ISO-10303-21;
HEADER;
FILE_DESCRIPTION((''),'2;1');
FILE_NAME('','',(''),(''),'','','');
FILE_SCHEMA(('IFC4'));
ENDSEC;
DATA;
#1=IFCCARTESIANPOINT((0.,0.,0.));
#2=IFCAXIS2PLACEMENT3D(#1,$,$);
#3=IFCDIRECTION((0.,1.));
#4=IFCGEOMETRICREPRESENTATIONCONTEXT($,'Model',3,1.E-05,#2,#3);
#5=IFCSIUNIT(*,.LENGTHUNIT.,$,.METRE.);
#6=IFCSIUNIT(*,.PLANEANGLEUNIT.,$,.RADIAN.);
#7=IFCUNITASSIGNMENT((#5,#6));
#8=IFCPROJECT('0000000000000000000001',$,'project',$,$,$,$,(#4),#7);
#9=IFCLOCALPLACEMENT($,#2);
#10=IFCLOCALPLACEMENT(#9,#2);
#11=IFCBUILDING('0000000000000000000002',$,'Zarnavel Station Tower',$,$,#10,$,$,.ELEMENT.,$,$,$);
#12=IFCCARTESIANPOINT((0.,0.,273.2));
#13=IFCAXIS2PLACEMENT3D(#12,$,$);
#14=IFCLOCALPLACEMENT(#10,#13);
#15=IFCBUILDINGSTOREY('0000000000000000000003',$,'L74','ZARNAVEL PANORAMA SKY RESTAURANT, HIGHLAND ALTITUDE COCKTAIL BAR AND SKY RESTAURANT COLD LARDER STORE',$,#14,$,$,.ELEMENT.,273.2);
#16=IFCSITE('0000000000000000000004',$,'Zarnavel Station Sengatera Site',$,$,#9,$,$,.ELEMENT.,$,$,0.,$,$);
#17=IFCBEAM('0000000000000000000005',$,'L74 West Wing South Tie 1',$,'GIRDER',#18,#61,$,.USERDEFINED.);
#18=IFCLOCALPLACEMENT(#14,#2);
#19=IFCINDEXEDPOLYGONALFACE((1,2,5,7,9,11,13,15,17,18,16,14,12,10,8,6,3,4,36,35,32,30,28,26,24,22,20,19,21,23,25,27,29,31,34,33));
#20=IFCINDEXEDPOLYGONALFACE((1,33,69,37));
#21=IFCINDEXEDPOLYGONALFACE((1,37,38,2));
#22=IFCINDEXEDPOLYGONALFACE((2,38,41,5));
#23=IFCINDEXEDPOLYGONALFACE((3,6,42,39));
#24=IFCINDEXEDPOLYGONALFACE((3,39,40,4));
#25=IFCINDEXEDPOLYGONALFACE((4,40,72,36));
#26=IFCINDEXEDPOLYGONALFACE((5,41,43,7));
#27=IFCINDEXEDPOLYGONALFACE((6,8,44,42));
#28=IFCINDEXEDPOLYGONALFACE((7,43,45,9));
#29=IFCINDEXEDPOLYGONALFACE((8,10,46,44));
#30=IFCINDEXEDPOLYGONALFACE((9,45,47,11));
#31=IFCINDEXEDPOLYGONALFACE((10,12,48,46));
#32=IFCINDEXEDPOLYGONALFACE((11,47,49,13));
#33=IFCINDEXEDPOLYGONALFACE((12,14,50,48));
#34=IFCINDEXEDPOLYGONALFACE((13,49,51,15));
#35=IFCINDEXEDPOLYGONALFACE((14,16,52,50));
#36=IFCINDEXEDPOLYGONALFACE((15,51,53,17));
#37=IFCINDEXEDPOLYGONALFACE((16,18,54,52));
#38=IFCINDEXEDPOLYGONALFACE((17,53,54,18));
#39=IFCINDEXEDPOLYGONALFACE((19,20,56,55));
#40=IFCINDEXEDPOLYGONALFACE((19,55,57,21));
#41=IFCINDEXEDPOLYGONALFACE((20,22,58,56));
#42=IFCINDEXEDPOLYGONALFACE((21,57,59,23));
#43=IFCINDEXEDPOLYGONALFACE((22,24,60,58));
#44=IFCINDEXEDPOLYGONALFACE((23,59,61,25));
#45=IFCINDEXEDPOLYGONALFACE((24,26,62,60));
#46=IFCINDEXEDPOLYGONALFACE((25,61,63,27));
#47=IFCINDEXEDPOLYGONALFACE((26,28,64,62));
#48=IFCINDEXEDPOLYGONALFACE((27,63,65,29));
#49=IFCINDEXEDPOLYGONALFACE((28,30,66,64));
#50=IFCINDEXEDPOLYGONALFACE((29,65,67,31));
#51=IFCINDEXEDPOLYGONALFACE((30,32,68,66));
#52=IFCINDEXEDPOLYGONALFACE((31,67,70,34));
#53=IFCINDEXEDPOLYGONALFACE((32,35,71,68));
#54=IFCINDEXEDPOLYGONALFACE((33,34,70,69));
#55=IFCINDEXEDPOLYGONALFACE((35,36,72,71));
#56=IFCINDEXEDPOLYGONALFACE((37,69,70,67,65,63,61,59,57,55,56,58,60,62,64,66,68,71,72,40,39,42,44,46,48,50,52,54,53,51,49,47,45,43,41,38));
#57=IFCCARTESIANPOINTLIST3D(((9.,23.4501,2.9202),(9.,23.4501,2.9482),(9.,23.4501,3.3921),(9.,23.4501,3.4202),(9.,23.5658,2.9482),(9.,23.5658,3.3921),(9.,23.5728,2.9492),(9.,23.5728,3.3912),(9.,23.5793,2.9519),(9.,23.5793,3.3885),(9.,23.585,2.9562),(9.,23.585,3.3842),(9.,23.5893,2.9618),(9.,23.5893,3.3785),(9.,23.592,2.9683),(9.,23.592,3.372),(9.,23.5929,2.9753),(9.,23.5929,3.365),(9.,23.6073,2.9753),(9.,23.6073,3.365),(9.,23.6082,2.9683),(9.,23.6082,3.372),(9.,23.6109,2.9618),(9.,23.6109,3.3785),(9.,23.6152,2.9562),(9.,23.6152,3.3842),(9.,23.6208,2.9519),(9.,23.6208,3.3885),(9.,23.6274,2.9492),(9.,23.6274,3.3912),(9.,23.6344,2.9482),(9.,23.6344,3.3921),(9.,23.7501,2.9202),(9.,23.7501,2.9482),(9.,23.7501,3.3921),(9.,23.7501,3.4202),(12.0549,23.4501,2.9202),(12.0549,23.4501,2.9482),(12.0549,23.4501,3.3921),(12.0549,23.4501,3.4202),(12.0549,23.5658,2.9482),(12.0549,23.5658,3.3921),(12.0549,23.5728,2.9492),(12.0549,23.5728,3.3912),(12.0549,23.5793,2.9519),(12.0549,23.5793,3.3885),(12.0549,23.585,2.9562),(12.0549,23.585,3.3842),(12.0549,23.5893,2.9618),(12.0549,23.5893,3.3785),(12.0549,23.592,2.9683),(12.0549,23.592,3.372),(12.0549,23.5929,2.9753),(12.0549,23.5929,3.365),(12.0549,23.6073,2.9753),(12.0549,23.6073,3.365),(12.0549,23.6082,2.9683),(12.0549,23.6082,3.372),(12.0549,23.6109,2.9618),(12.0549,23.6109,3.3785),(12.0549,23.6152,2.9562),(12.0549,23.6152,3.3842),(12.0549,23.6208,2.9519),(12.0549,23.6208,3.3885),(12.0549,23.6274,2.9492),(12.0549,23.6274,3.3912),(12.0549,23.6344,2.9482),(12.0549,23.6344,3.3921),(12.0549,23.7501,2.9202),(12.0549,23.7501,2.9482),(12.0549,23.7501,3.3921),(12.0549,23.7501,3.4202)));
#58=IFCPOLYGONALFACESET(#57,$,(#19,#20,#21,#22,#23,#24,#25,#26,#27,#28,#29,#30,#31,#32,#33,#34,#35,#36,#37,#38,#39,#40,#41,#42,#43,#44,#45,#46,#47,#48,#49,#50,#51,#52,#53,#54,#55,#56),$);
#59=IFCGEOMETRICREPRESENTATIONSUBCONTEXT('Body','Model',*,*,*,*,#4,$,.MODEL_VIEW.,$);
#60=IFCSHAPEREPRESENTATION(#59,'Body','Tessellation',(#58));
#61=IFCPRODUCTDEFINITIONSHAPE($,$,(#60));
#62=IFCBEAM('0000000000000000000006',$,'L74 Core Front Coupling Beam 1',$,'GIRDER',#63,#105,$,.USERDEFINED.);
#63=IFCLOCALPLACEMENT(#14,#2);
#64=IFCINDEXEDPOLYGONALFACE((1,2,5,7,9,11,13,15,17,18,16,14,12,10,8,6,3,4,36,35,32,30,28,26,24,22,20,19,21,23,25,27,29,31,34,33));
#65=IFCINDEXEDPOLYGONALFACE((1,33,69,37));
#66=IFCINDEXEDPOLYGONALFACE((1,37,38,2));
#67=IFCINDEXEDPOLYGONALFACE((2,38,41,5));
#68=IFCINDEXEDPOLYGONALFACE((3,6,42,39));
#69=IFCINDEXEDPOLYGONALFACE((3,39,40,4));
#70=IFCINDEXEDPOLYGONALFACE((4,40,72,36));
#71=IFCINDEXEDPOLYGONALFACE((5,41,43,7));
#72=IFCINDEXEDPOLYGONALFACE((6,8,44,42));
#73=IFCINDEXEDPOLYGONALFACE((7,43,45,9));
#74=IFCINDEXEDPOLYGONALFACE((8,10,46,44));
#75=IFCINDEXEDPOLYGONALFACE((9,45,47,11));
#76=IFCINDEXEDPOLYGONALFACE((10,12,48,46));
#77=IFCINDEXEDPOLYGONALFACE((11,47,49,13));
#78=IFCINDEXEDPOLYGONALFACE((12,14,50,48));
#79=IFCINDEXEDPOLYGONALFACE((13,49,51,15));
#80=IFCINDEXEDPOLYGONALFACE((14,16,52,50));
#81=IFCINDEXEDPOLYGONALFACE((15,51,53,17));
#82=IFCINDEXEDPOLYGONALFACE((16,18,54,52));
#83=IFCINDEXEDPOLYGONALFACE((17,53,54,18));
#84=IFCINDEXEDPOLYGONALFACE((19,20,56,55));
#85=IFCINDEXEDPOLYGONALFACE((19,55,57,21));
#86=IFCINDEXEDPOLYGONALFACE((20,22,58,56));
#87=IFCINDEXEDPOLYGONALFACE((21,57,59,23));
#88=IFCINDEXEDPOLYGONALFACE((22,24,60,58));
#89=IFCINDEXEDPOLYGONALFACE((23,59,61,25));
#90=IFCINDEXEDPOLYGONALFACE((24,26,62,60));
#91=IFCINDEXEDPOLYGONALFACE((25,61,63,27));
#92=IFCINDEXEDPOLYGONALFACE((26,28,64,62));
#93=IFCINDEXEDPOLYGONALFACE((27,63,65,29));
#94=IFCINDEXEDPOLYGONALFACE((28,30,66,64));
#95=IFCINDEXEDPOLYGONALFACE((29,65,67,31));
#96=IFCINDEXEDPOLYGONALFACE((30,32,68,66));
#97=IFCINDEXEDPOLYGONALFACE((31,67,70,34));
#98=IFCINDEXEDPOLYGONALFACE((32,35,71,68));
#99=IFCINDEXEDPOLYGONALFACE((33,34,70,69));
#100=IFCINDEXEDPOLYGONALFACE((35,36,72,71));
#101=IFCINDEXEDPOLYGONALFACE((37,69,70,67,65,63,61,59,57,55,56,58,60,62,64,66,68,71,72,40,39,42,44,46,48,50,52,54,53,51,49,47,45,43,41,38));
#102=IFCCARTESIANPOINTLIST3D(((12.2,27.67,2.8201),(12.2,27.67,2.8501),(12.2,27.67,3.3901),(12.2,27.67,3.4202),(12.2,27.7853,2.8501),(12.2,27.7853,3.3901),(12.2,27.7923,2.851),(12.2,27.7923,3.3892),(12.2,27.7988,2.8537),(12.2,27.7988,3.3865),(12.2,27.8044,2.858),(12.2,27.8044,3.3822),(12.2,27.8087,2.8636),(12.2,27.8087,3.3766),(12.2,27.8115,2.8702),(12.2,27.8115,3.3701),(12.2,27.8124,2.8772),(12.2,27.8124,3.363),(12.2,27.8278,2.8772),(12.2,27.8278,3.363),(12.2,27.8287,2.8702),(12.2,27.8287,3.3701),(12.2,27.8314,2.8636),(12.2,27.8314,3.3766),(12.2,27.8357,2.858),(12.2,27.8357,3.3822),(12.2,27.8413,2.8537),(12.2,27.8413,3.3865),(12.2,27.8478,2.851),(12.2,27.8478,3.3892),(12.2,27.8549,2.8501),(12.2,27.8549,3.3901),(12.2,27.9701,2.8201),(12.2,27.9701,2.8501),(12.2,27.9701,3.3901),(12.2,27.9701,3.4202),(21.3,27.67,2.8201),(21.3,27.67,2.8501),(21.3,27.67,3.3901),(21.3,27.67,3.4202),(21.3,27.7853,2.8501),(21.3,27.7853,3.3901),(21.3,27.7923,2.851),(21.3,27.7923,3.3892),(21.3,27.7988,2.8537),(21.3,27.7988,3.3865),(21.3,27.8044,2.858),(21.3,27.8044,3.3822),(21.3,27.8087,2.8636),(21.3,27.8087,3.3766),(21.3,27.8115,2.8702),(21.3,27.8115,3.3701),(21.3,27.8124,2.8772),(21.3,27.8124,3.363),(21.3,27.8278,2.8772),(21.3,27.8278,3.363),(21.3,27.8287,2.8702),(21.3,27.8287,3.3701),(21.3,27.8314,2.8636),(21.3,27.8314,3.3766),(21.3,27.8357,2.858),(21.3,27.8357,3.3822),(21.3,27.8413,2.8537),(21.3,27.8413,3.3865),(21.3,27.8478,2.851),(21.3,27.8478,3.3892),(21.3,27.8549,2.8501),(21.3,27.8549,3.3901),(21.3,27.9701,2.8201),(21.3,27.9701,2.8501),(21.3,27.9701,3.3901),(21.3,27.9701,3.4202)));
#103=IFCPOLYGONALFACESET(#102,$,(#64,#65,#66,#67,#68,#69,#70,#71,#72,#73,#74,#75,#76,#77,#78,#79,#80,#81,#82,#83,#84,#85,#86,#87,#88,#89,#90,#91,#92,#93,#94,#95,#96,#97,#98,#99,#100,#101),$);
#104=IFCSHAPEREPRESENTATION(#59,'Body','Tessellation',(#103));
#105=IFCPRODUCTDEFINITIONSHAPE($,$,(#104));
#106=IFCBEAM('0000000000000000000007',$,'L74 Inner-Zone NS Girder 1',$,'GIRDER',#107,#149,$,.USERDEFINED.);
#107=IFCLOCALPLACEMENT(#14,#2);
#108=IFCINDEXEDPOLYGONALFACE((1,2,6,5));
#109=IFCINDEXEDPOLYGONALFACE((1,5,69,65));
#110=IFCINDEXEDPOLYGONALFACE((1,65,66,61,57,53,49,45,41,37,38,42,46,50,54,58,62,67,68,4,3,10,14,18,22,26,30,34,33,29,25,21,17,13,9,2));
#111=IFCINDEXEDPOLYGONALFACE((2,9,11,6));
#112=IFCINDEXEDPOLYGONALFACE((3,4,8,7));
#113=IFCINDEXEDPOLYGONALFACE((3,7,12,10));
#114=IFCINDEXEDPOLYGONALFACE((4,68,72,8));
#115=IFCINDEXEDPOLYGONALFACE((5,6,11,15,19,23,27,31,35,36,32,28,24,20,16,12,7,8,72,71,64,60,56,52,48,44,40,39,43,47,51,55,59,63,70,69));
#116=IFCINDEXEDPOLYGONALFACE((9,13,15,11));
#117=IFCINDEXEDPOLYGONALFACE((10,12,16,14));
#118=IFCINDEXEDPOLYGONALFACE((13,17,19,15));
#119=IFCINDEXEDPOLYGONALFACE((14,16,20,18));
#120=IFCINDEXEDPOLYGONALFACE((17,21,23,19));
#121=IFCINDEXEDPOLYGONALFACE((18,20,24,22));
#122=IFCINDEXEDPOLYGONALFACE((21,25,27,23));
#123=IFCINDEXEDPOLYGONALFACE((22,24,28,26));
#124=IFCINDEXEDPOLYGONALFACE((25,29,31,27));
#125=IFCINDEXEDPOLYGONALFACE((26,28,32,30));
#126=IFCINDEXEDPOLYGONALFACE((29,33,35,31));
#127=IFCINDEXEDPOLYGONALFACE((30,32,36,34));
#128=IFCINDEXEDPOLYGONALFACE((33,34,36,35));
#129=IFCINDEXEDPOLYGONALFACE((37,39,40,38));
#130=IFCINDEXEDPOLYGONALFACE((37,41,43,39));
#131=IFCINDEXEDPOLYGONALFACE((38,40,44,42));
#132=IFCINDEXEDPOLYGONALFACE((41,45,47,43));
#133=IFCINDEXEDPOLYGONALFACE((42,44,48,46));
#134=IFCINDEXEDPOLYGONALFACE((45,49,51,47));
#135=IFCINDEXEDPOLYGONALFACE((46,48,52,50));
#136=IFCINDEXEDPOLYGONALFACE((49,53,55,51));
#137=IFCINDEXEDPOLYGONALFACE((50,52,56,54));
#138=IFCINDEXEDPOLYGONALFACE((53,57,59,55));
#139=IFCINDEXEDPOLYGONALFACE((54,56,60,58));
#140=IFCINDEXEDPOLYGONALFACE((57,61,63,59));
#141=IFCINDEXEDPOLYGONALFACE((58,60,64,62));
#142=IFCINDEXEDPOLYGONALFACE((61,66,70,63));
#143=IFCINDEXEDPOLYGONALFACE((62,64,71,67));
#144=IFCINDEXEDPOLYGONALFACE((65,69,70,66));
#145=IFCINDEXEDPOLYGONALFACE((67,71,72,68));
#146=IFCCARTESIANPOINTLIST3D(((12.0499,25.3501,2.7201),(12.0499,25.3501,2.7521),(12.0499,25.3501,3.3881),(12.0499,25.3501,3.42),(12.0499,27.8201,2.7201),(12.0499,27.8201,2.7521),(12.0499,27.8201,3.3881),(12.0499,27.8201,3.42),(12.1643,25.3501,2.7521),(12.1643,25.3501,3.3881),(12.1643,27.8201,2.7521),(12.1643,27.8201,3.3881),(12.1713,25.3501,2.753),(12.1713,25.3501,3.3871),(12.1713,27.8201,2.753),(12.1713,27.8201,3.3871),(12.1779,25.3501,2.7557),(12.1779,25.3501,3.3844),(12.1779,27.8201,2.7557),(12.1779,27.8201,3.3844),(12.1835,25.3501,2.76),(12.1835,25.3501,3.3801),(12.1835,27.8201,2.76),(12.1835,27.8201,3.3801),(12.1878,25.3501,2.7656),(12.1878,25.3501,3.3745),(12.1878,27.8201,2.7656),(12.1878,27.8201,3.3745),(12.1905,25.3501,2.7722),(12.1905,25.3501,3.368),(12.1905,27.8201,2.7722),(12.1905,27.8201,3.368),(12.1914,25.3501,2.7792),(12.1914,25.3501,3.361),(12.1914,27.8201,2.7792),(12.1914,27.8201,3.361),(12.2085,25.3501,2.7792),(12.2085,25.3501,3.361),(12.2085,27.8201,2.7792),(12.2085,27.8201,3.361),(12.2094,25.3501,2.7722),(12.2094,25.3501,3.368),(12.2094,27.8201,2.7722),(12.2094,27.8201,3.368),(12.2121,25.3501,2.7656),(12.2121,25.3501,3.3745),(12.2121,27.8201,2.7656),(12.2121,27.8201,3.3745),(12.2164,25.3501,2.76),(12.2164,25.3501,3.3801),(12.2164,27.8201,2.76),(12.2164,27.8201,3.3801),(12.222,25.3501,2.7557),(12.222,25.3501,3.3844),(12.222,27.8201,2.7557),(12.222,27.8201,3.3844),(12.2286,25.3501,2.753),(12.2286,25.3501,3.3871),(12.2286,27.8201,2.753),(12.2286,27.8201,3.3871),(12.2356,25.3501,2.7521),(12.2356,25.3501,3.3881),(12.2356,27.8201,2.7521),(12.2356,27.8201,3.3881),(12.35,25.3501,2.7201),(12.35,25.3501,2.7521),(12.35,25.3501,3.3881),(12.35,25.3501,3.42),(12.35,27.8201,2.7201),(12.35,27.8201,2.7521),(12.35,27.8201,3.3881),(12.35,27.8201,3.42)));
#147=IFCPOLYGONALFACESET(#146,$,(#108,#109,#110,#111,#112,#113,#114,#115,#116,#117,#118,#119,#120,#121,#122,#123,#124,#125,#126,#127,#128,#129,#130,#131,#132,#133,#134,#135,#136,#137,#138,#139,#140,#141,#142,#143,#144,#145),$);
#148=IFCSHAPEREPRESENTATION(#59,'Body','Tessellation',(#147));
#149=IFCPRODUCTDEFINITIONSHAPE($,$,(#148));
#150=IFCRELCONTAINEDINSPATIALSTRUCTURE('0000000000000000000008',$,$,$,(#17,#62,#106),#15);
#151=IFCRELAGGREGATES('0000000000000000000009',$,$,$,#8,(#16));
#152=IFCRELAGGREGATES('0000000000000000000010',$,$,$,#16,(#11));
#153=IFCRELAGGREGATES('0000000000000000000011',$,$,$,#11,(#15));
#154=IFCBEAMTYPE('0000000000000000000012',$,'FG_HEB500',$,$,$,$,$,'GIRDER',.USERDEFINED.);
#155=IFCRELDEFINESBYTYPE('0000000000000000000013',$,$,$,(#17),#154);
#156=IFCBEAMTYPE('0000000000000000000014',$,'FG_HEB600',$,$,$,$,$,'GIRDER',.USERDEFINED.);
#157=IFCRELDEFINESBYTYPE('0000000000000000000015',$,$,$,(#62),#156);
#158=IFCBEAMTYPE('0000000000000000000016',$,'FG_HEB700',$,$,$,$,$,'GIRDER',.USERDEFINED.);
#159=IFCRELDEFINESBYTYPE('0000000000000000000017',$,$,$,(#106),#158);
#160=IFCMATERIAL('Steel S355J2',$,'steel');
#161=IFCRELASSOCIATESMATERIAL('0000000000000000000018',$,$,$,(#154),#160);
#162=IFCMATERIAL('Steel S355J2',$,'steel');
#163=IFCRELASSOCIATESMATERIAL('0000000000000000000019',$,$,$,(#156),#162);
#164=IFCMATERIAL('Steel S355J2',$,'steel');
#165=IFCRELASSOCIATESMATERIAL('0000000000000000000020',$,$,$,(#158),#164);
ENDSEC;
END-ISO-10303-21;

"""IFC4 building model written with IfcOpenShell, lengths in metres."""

from ifc_helpers import new_model, si_unit, direction, frame, origin, origin_2d, place, context, subcontext, project, spatial, i_section, extrude, material, material_profile, profile_set, type_object, element, save


model = new_model("IFC4")

# Units and contexts
model_context = context("Model", 3, precision=1e-05, world=origin(), true_north=direction((0.0, 1.0)))
body_context = subcontext(model_context, "Body", "Model", "MODEL_VIEW")
ifc_project = project(units=[si_unit("LENGTHUNIT", "METRE"), si_unit("PLANEANGLEUNIT", "RADIAN")], contexts=[model_context])

# Site, building, storey
site_placement = place(None, origin())
site = spatial("IfcSite", under=ifc_project, at=site_placement, Name="Zarnavel Station Sengatera Site", CompositionType="ELEMENT", RefElevation=0.0)
building_placement = place(site_placement, origin())
building = spatial("IfcBuilding", under=site, at=building_placement, Name="Zarnavel Station Tower", CompositionType="ELEMENT")
storey_placement = place(building_placement, frame((0.0, 0.0, 273.2)))
storey = spatial("IfcBuildingStorey", under=building, at=storey_placement, Name="L74", Description="ZARNAVEL PANORAMA SKY RESTAURANT, HIGHLAND ALTITUDE COCKTAIL BAR AND SKY RESTAURANT COLD LARDER STORE", CompositionType="ELEMENT", Elevation=273.2)

# Beams
ifc_material_1 = material(Name="Steel S355J2", Category="steel")
ifc_material_profile_1 = material_profile(ifc_material_1, i_section(OverallWidth=0.3, OverallDepth=0.5, WebThickness=0.0144, FlangeThickness=0.0281, FilletRadius=0.0271, at=origin_2d()), Name="HEB500")
ifc_profile_set_1 = profile_set([ifc_material_profile_1], Name="Steel S355J2")
beam_type_1 = type_object("IfcBeamType", Name="FG_HEB500", ElementType="GIRDER", PredefinedType="USERDEFINED", material=ifc_profile_set_1)
beam_1_placement = place(storey_placement, frame((9.0, 23.6001, 3.1702), z_axis=(1.0, 0.0, 0.0), x_axis=(0.0, 1.0, 0.0)))
element("IfcBeam", 1, at=beam_1_placement, inside=storey, type_object=beam_type_1, Name="L74 West Wing South Tie 1", ObjectType="GIRDER", PredefinedType="USERDEFINED", context=body_context, shape_type="SweptSolid", body=[
    extrude(i_section(OverallWidth=0.3, OverallDepth=0.5, WebThickness=0.0144, FlangeThickness=0.0281, FilletRadius=0.0271, at=origin_2d()), origin(), (0.0, 0.0, 1.0), 3.0549),
])
ifc_material_2 = material(Name="Steel S355J2", Category="steel")
ifc_material_profile_2 = material_profile(ifc_material_2, i_section(OverallWidth=0.3, OverallDepth=0.6001, WebThickness=0.0154, FlangeThickness=0.03, FilletRadius=0.0271, at=origin_2d()), Name="HEB600")
ifc_profile_set_2 = profile_set([ifc_material_profile_2], Name="Steel S355J2")
beam_type_2 = type_object("IfcBeamType", Name="FG_HEB600", ElementType="GIRDER", PredefinedType="USERDEFINED", material=ifc_profile_set_2)
beam_2_placement = place(storey_placement, frame((12.2, 27.8201, 3.1201), z_axis=(1.0, 0.0, 0.0), x_axis=(0.0, 1.0, 0.0)))
element("IfcBeam", 2, at=beam_2_placement, inside=storey, type_object=beam_type_2, Name="L74 Core Front Coupling Beam 1", ObjectType="GIRDER", PredefinedType="USERDEFINED", context=body_context, shape_type="SweptSolid", body=[
    extrude(i_section(OverallWidth=0.3, OverallDepth=0.6001, WebThickness=0.0154, FlangeThickness=0.03, FilletRadius=0.0271, at=origin_2d()), origin(), (0.0, 0.0, 1.0), 9.1001),
])
ifc_material_3 = material(Name="Steel S355J2", Category="steel")
ifc_material_profile_3 = material_profile(ifc_material_3, i_section(OverallWidth=0.3, OverallDepth=0.7, WebThickness=0.0171, FlangeThickness=0.032, FilletRadius=0.0271, at=origin_2d()), Name="HEB700")
ifc_profile_set_3 = profile_set([ifc_material_profile_3], Name="Steel S355J2")
beam_type_3 = type_object("IfcBeamType", Name="FG_HEB700", ElementType="GIRDER", PredefinedType="USERDEFINED", material=ifc_profile_set_3)
beam_3_placement = place(storey_placement, frame((12.2, 25.3501, 3.0701), z_axis=(0.0, 1.0, 0.0), x_axis=(-1.0, 0.0, 0.0)))
element("IfcBeam", 3, at=beam_3_placement, inside=storey, type_object=beam_type_3, Name="L74 Inner-Zone NS Girder 1", ObjectType="GIRDER", PredefinedType="USERDEFINED", context=body_context, shape_type="SweptSolid", body=[
    extrude(i_section(OverallWidth=0.3, OverallDepth=0.7, WebThickness=0.0171, FlangeThickness=0.032, FilletRadius=0.0271, at=origin_2d()), origin(), (0.0, 0.0, 1.0), 2.47),
])

save(model, "model.ifc")
